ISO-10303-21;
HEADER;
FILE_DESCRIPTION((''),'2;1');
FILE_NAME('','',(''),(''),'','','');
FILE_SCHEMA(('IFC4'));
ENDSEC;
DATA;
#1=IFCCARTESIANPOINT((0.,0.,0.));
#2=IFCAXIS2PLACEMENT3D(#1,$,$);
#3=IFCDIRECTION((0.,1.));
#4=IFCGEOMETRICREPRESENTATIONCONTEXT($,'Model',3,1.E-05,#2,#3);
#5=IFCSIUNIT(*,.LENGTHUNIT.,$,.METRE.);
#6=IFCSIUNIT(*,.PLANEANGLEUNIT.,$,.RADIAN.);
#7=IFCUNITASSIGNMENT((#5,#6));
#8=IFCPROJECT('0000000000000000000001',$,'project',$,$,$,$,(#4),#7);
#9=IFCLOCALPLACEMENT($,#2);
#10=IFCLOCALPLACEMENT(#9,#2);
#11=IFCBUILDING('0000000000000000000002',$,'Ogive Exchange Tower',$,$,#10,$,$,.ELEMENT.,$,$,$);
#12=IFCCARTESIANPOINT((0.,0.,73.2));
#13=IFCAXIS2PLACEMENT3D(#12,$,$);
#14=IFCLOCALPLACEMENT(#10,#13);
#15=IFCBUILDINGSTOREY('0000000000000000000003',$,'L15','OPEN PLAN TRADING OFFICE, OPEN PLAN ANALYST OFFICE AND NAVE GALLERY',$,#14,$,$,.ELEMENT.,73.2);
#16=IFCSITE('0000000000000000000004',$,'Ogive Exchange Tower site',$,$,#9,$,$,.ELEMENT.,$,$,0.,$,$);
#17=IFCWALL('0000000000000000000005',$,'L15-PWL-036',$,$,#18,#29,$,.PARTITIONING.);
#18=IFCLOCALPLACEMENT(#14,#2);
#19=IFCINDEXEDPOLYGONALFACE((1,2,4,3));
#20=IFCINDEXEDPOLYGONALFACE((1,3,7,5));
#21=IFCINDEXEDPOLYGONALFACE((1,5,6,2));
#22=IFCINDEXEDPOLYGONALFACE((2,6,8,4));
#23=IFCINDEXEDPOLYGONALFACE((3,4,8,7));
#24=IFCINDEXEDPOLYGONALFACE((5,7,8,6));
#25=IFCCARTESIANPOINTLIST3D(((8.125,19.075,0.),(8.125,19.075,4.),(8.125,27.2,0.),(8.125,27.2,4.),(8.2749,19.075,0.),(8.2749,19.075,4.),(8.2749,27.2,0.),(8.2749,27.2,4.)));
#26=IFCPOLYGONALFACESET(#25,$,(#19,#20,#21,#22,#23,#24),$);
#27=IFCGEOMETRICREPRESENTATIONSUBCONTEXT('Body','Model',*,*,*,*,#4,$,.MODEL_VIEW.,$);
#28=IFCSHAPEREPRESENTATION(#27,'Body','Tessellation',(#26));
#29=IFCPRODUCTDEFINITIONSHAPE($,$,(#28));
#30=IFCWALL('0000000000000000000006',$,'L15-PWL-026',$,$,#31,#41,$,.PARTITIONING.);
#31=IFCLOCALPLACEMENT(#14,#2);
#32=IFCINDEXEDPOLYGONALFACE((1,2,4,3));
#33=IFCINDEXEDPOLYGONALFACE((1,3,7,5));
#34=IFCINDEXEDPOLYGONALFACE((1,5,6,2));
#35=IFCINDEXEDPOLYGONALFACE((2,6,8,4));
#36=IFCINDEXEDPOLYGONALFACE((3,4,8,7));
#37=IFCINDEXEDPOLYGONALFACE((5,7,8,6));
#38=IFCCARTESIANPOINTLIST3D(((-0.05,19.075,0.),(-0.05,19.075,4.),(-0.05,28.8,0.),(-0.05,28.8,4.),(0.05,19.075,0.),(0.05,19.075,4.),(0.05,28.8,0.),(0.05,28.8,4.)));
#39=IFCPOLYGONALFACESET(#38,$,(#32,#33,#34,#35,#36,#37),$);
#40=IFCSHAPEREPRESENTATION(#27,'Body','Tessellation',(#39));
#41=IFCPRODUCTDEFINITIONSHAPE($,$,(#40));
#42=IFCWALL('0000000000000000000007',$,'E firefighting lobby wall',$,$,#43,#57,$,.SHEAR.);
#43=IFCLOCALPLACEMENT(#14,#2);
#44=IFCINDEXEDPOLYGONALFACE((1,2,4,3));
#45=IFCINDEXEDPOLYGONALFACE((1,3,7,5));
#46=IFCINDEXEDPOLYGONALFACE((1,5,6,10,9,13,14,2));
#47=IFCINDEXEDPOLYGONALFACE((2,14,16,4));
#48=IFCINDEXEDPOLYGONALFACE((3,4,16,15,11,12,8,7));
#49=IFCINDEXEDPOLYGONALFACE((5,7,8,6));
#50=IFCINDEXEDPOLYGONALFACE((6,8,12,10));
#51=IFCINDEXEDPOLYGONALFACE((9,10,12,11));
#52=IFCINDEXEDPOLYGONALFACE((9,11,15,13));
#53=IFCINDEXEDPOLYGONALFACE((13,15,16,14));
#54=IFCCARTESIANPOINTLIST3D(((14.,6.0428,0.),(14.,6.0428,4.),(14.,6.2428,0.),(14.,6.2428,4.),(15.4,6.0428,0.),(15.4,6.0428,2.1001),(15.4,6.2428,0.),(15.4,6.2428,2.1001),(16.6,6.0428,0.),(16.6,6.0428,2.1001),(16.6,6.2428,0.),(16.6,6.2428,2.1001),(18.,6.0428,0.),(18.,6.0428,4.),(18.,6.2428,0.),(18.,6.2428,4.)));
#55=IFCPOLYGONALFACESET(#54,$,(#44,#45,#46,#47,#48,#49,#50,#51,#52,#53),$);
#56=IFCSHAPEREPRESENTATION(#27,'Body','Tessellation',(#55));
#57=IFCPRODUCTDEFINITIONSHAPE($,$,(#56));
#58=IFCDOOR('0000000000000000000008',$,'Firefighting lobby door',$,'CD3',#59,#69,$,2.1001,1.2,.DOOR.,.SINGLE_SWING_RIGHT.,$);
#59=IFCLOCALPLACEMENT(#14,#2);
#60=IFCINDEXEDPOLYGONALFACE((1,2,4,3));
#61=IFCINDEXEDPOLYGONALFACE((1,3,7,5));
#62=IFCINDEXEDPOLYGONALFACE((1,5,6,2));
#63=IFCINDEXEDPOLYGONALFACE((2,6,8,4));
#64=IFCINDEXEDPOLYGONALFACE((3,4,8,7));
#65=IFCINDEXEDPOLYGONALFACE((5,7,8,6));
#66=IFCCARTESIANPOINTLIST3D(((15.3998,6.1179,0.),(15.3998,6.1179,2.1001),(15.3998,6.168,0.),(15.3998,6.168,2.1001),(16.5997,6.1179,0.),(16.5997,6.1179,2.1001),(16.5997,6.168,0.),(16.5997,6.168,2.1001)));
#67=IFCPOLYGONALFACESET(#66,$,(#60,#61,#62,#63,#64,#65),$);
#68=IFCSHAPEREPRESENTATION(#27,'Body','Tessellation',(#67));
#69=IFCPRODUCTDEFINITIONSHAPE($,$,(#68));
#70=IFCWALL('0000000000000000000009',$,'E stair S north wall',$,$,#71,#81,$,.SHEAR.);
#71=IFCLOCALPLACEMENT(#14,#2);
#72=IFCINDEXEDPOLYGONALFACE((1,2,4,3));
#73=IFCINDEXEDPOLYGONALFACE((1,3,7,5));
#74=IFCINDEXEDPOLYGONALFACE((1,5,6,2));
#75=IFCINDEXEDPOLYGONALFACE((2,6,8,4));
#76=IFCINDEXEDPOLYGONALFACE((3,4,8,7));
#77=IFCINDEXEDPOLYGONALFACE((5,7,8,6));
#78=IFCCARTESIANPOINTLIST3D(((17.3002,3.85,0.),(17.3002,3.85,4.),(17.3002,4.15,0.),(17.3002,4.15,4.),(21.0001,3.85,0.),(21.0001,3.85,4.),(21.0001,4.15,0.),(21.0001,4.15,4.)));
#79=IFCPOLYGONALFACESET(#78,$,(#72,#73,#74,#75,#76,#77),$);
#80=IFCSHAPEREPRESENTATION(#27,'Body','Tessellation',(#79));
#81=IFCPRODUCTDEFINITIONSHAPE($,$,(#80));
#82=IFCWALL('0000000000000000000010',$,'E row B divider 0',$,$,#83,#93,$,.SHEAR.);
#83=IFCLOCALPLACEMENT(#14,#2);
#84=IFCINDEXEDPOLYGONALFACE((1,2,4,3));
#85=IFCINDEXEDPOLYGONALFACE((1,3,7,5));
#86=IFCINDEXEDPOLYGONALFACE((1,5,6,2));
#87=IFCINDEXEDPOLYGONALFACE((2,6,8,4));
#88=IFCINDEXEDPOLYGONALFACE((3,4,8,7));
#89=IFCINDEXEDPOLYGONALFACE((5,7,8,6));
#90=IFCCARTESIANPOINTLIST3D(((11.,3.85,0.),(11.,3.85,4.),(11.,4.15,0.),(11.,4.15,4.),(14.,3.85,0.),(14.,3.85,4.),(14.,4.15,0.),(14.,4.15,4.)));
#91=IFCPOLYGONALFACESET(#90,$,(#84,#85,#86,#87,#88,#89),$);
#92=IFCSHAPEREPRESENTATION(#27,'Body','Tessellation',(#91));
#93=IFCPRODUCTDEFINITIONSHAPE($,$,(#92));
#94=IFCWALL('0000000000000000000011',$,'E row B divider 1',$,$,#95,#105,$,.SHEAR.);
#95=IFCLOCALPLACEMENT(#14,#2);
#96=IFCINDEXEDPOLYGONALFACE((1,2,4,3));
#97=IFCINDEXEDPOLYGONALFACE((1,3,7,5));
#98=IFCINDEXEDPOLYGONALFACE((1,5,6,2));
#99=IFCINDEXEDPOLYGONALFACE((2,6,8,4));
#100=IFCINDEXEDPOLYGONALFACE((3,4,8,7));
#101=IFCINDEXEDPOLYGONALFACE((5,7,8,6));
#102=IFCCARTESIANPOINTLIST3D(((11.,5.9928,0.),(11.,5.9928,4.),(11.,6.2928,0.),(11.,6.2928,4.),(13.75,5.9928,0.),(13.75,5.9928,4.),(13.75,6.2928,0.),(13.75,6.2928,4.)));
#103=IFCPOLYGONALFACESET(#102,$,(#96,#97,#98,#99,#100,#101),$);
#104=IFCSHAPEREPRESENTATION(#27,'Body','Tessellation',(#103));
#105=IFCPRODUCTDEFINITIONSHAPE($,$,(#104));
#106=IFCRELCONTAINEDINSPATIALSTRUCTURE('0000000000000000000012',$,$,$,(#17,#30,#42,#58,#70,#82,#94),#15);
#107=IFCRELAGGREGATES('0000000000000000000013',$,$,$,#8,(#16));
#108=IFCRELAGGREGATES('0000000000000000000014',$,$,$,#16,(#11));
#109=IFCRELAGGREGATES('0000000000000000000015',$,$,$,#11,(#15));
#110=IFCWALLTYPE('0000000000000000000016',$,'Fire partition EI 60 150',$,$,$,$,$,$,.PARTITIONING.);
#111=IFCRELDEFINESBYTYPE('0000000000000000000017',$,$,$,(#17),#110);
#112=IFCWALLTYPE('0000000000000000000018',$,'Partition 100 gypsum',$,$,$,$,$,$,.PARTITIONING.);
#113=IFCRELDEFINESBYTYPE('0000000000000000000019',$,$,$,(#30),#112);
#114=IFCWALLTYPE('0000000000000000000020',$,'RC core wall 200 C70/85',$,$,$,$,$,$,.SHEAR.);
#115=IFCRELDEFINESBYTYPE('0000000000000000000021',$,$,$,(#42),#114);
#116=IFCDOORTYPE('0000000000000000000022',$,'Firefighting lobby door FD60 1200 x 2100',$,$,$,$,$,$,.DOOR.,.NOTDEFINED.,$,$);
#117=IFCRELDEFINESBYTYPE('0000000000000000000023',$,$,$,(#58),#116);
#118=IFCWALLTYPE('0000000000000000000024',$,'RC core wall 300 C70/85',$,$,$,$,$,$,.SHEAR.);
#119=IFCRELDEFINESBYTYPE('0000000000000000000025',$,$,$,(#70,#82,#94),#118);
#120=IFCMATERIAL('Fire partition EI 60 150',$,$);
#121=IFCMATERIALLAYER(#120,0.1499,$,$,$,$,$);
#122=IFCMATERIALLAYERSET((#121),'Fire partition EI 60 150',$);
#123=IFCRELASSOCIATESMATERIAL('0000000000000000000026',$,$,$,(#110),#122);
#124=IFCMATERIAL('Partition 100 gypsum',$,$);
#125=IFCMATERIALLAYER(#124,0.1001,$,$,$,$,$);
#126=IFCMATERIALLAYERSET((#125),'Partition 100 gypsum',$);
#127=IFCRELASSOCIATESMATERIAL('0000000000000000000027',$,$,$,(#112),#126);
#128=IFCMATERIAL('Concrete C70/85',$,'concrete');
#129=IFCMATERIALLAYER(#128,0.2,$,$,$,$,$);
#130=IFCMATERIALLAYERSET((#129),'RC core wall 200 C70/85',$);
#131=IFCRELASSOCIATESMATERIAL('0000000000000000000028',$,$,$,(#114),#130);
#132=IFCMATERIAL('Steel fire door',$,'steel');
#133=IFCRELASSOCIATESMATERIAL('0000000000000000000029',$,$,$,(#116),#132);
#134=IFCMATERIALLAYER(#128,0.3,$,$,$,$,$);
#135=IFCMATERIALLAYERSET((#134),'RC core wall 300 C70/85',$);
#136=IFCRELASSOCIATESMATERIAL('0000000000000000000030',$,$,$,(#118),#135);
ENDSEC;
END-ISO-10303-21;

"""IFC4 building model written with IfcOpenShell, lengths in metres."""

from ifc_helpers import new_model, si_unit, direction, frame, frame_2d, origin, place, context, subcontext, project, spatial, rectangle, extrude, material, layer, layer_set, type_object, element, fill, save


model = new_model("IFC4")

# Units and contexts
model_context = context("Model", 3, precision=1e-05, world=origin(), true_north=direction((0.0, 1.0)))
body_context = subcontext(model_context, "Body", "Model", "MODEL_VIEW")
ifc_project = project(units=[si_unit("LENGTHUNIT", "METRE"), si_unit("PLANEANGLEUNIT", "RADIAN")], contexts=[model_context])

# Site, building, storey
site_placement = place(None, origin())
site = spatial("IfcSite", under=ifc_project, at=site_placement, Name="Ogive Exchange Tower site", CompositionType="ELEMENT", RefElevation=0.0)
building_placement = place(site_placement, origin())
building = spatial("IfcBuilding", under=site, at=building_placement, Name="Ogive Exchange Tower", CompositionType="ELEMENT")
storey_placement = place(building_placement, frame((0.0, 0.0, 73.2)))
storey = spatial("IfcBuildingStorey", under=building, at=storey_placement, Name="L15", Description="OPEN PLAN TRADING OFFICE, OPEN PLAN ANALYST OFFICE AND NAVE GALLERY", CompositionType="ELEMENT", Elevation=73.2)

# Shared definitions
ifc_material_1 = material(Name="Fire partition EI 60 150")
ifc_layer_1 = layer(ifc_material_1, 0.1499)
ifc_layer_set_1 = layer_set([ifc_layer_1], Name="Fire partition EI 60 150")
wall_type_1 = type_object("IfcWallType", Name="Fire partition EI 60 150", PredefinedType="PARTITIONING", material=ifc_layer_set_1)

# Walls
wall_1_placement = place(storey_placement, frame((8.2, 19.075, 0.0), z_axis=(0.0, 0.0, 1.0), x_axis=(0.0, 1.0, 0.0)))
element("IfcWall", 1, at=wall_1_placement, inside=storey, type_object=wall_type_1, Name="L15-PWL-036", PredefinedType="PARTITIONING", context=body_context, shape_type="SweptSolid", body=[
    extrude(rectangle(XDim=8.125, YDim=0.1499, at=frame_2d((4.0625, 0.0))), origin(), (0.0, 0.0, 1.0), 4.0),
])
ifc_material_2 = material(Name="Partition 100 gypsum")
ifc_layer_2 = layer(ifc_material_2, 0.1001)
ifc_layer_set_2 = layer_set([ifc_layer_2], Name="Partition 100 gypsum")
wall_type_2 = type_object("IfcWallType", Name="Partition 100 gypsum", PredefinedType="PARTITIONING", material=ifc_layer_set_2)
wall_2_placement = place(storey_placement, frame((0.0, 19.075, 0.0), z_axis=(0.0, 0.0, 1.0), x_axis=(0.0, 1.0, 0.0)))
element("IfcWall", 2, at=wall_2_placement, inside=storey, type_object=wall_type_2, Name="L15-PWL-026", PredefinedType="PARTITIONING", context=body_context, shape_type="SweptSolid", body=[
    extrude(rectangle(XDim=9.7251, YDim=0.1001, at=frame_2d((4.8625, 0.0))), origin(), (0.0, 0.0, 1.0), 4.0),
])

# Wall, opening, door
ifc_material_3 = material(Name="Concrete C70/85", Category="concrete")
ifc_layer_3 = layer(ifc_material_3, 0.2)
ifc_layer_set_3 = layer_set([ifc_layer_3], Name="RC core wall 200 C70/85")
wall_type_3 = type_object("IfcWallType", Name="RC core wall 200 C70/85", PredefinedType="SHEAR", material=ifc_layer_set_3)
wall_3_placement = place(storey_placement, frame((14.0, 6.1428, 0.0), z_axis=(0.0, 0.0, 1.0), x_axis=(1.0, 0.0, 0.0)))
wall_3 = element("IfcWall", 3, at=wall_3_placement, inside=storey, type_object=wall_type_3, Name="E firefighting lobby wall", PredefinedType="SHEAR", context=body_context, shape_type="SweptSolid", body=[
    extrude(rectangle(XDim=4.0, YDim=0.2, at=frame_2d((2.0, 0.0))), origin(), (0.0, 0.0, 1.0), 4.0),
])
opening_1_placement = place(wall_3_placement, frame((1.3999, 0.0, 0.0)))
opening_1 = element("IfcOpeningElement", 4, at=opening_1_placement, cuts=wall_3, PredefinedType="OPENING", context=body_context, shape_type="SweptSolid", body=[
    extrude(rectangle(XDim=1.2, YDim=2.1001, at=frame_2d((0.6001, 1.05))), frame((0.0, 0.1099, 0.0), z_axis=(0.0, -1.0, 0.0), x_axis=(1.0, 0.0, 0.0)), (0.0, 0.0, 1.0), 0.22),
])
ifc_material_4 = material(Name="Steel fire door", Category="steel")
door_type_1 = type_object("IfcDoorType", Name="Firefighting lobby door FD60 1200 x 2100", OperationType="NOTDEFINED", PredefinedType="DOOR", material=ifc_material_4)
door_1_placement = place(opening_1_placement, frame((1.2, 0.0, 0.0), z_axis=(0.0, 0.0, 1.0), x_axis=(-1.0, 0.0, 0.0)))
door_1 = element("IfcDoor", 5, at=door_1_placement, inside=storey, type_object=door_type_1, Name="Firefighting lobby door", ObjectType="CD3", OperationType="SINGLE_SWING_RIGHT", OverallHeight=2.1001, OverallWidth=1.2, PredefinedType="DOOR", context=body_context, shape_type="SweptSolid", body=[
    extrude(rectangle(XDim=1.2, YDim=2.1001, at=frame_2d((0.6001, 1.05))), frame((0.0, 0.0249, 0.0), z_axis=(0.0, -1.0, 0.0), x_axis=(1.0, 0.0, 0.0)), (0.0, 0.0, 1.0), 0.05),
])
fill(opening_1, door_1)

# Walls
ifc_layer_4 = layer(ifc_material_3, 0.3)
ifc_layer_set_4 = layer_set([ifc_layer_4], Name="RC core wall 300 C70/85")
wall_type_4 = type_object("IfcWallType", Name="RC core wall 300 C70/85", PredefinedType="SHEAR", material=ifc_layer_set_4)
wall_4_placement = place(storey_placement, frame((17.3, 4.0, 0.0), z_axis=(0.0, 0.0, 1.0), x_axis=(1.0, 0.0, 0.0)))
element("IfcWall", 6, at=wall_4_placement, inside=storey, type_object=wall_type_4, Name="E stair S north wall", PredefinedType="SHEAR", context=body_context, shape_type="SweptSolid", body=[
    extrude(rectangle(XDim=3.7, YDim=0.3, at=frame_2d((1.8501, 0.0))), origin(), (0.0, 0.0, 1.0), 4.0),
])
wall_5_placement = place(storey_placement, frame((11.0, 4.0, 0.0), z_axis=(0.0, 0.0, 1.0), x_axis=(1.0, 0.0, 0.0)))
element("IfcWall", 7, at=wall_5_placement, inside=storey, type_object=wall_type_4, Name="E row B divider 0", PredefinedType="SHEAR", context=body_context, shape_type="SweptSolid", body=[
    extrude(rectangle(XDim=3.0, YDim=0.3, at=frame_2d((1.5, 0.0))), origin(), (0.0, 0.0, 1.0), 4.0),
])
wall_6_placement = place(storey_placement, frame((11.0, 6.1428, 0.0), z_axis=(0.0, 0.0, 1.0), x_axis=(1.0, 0.0, 0.0)))
element("IfcWall", 8, at=wall_6_placement, inside=storey, type_object=wall_type_4, Name="E row B divider 1", PredefinedType="SHEAR", context=body_context, shape_type="SweptSolid", body=[
    extrude(rectangle(XDim=2.75, YDim=0.3, at=frame_2d((1.375, 0.0))), origin(), (0.0, 0.0, 1.0), 4.0),
])

save(model, "model.ifc")
